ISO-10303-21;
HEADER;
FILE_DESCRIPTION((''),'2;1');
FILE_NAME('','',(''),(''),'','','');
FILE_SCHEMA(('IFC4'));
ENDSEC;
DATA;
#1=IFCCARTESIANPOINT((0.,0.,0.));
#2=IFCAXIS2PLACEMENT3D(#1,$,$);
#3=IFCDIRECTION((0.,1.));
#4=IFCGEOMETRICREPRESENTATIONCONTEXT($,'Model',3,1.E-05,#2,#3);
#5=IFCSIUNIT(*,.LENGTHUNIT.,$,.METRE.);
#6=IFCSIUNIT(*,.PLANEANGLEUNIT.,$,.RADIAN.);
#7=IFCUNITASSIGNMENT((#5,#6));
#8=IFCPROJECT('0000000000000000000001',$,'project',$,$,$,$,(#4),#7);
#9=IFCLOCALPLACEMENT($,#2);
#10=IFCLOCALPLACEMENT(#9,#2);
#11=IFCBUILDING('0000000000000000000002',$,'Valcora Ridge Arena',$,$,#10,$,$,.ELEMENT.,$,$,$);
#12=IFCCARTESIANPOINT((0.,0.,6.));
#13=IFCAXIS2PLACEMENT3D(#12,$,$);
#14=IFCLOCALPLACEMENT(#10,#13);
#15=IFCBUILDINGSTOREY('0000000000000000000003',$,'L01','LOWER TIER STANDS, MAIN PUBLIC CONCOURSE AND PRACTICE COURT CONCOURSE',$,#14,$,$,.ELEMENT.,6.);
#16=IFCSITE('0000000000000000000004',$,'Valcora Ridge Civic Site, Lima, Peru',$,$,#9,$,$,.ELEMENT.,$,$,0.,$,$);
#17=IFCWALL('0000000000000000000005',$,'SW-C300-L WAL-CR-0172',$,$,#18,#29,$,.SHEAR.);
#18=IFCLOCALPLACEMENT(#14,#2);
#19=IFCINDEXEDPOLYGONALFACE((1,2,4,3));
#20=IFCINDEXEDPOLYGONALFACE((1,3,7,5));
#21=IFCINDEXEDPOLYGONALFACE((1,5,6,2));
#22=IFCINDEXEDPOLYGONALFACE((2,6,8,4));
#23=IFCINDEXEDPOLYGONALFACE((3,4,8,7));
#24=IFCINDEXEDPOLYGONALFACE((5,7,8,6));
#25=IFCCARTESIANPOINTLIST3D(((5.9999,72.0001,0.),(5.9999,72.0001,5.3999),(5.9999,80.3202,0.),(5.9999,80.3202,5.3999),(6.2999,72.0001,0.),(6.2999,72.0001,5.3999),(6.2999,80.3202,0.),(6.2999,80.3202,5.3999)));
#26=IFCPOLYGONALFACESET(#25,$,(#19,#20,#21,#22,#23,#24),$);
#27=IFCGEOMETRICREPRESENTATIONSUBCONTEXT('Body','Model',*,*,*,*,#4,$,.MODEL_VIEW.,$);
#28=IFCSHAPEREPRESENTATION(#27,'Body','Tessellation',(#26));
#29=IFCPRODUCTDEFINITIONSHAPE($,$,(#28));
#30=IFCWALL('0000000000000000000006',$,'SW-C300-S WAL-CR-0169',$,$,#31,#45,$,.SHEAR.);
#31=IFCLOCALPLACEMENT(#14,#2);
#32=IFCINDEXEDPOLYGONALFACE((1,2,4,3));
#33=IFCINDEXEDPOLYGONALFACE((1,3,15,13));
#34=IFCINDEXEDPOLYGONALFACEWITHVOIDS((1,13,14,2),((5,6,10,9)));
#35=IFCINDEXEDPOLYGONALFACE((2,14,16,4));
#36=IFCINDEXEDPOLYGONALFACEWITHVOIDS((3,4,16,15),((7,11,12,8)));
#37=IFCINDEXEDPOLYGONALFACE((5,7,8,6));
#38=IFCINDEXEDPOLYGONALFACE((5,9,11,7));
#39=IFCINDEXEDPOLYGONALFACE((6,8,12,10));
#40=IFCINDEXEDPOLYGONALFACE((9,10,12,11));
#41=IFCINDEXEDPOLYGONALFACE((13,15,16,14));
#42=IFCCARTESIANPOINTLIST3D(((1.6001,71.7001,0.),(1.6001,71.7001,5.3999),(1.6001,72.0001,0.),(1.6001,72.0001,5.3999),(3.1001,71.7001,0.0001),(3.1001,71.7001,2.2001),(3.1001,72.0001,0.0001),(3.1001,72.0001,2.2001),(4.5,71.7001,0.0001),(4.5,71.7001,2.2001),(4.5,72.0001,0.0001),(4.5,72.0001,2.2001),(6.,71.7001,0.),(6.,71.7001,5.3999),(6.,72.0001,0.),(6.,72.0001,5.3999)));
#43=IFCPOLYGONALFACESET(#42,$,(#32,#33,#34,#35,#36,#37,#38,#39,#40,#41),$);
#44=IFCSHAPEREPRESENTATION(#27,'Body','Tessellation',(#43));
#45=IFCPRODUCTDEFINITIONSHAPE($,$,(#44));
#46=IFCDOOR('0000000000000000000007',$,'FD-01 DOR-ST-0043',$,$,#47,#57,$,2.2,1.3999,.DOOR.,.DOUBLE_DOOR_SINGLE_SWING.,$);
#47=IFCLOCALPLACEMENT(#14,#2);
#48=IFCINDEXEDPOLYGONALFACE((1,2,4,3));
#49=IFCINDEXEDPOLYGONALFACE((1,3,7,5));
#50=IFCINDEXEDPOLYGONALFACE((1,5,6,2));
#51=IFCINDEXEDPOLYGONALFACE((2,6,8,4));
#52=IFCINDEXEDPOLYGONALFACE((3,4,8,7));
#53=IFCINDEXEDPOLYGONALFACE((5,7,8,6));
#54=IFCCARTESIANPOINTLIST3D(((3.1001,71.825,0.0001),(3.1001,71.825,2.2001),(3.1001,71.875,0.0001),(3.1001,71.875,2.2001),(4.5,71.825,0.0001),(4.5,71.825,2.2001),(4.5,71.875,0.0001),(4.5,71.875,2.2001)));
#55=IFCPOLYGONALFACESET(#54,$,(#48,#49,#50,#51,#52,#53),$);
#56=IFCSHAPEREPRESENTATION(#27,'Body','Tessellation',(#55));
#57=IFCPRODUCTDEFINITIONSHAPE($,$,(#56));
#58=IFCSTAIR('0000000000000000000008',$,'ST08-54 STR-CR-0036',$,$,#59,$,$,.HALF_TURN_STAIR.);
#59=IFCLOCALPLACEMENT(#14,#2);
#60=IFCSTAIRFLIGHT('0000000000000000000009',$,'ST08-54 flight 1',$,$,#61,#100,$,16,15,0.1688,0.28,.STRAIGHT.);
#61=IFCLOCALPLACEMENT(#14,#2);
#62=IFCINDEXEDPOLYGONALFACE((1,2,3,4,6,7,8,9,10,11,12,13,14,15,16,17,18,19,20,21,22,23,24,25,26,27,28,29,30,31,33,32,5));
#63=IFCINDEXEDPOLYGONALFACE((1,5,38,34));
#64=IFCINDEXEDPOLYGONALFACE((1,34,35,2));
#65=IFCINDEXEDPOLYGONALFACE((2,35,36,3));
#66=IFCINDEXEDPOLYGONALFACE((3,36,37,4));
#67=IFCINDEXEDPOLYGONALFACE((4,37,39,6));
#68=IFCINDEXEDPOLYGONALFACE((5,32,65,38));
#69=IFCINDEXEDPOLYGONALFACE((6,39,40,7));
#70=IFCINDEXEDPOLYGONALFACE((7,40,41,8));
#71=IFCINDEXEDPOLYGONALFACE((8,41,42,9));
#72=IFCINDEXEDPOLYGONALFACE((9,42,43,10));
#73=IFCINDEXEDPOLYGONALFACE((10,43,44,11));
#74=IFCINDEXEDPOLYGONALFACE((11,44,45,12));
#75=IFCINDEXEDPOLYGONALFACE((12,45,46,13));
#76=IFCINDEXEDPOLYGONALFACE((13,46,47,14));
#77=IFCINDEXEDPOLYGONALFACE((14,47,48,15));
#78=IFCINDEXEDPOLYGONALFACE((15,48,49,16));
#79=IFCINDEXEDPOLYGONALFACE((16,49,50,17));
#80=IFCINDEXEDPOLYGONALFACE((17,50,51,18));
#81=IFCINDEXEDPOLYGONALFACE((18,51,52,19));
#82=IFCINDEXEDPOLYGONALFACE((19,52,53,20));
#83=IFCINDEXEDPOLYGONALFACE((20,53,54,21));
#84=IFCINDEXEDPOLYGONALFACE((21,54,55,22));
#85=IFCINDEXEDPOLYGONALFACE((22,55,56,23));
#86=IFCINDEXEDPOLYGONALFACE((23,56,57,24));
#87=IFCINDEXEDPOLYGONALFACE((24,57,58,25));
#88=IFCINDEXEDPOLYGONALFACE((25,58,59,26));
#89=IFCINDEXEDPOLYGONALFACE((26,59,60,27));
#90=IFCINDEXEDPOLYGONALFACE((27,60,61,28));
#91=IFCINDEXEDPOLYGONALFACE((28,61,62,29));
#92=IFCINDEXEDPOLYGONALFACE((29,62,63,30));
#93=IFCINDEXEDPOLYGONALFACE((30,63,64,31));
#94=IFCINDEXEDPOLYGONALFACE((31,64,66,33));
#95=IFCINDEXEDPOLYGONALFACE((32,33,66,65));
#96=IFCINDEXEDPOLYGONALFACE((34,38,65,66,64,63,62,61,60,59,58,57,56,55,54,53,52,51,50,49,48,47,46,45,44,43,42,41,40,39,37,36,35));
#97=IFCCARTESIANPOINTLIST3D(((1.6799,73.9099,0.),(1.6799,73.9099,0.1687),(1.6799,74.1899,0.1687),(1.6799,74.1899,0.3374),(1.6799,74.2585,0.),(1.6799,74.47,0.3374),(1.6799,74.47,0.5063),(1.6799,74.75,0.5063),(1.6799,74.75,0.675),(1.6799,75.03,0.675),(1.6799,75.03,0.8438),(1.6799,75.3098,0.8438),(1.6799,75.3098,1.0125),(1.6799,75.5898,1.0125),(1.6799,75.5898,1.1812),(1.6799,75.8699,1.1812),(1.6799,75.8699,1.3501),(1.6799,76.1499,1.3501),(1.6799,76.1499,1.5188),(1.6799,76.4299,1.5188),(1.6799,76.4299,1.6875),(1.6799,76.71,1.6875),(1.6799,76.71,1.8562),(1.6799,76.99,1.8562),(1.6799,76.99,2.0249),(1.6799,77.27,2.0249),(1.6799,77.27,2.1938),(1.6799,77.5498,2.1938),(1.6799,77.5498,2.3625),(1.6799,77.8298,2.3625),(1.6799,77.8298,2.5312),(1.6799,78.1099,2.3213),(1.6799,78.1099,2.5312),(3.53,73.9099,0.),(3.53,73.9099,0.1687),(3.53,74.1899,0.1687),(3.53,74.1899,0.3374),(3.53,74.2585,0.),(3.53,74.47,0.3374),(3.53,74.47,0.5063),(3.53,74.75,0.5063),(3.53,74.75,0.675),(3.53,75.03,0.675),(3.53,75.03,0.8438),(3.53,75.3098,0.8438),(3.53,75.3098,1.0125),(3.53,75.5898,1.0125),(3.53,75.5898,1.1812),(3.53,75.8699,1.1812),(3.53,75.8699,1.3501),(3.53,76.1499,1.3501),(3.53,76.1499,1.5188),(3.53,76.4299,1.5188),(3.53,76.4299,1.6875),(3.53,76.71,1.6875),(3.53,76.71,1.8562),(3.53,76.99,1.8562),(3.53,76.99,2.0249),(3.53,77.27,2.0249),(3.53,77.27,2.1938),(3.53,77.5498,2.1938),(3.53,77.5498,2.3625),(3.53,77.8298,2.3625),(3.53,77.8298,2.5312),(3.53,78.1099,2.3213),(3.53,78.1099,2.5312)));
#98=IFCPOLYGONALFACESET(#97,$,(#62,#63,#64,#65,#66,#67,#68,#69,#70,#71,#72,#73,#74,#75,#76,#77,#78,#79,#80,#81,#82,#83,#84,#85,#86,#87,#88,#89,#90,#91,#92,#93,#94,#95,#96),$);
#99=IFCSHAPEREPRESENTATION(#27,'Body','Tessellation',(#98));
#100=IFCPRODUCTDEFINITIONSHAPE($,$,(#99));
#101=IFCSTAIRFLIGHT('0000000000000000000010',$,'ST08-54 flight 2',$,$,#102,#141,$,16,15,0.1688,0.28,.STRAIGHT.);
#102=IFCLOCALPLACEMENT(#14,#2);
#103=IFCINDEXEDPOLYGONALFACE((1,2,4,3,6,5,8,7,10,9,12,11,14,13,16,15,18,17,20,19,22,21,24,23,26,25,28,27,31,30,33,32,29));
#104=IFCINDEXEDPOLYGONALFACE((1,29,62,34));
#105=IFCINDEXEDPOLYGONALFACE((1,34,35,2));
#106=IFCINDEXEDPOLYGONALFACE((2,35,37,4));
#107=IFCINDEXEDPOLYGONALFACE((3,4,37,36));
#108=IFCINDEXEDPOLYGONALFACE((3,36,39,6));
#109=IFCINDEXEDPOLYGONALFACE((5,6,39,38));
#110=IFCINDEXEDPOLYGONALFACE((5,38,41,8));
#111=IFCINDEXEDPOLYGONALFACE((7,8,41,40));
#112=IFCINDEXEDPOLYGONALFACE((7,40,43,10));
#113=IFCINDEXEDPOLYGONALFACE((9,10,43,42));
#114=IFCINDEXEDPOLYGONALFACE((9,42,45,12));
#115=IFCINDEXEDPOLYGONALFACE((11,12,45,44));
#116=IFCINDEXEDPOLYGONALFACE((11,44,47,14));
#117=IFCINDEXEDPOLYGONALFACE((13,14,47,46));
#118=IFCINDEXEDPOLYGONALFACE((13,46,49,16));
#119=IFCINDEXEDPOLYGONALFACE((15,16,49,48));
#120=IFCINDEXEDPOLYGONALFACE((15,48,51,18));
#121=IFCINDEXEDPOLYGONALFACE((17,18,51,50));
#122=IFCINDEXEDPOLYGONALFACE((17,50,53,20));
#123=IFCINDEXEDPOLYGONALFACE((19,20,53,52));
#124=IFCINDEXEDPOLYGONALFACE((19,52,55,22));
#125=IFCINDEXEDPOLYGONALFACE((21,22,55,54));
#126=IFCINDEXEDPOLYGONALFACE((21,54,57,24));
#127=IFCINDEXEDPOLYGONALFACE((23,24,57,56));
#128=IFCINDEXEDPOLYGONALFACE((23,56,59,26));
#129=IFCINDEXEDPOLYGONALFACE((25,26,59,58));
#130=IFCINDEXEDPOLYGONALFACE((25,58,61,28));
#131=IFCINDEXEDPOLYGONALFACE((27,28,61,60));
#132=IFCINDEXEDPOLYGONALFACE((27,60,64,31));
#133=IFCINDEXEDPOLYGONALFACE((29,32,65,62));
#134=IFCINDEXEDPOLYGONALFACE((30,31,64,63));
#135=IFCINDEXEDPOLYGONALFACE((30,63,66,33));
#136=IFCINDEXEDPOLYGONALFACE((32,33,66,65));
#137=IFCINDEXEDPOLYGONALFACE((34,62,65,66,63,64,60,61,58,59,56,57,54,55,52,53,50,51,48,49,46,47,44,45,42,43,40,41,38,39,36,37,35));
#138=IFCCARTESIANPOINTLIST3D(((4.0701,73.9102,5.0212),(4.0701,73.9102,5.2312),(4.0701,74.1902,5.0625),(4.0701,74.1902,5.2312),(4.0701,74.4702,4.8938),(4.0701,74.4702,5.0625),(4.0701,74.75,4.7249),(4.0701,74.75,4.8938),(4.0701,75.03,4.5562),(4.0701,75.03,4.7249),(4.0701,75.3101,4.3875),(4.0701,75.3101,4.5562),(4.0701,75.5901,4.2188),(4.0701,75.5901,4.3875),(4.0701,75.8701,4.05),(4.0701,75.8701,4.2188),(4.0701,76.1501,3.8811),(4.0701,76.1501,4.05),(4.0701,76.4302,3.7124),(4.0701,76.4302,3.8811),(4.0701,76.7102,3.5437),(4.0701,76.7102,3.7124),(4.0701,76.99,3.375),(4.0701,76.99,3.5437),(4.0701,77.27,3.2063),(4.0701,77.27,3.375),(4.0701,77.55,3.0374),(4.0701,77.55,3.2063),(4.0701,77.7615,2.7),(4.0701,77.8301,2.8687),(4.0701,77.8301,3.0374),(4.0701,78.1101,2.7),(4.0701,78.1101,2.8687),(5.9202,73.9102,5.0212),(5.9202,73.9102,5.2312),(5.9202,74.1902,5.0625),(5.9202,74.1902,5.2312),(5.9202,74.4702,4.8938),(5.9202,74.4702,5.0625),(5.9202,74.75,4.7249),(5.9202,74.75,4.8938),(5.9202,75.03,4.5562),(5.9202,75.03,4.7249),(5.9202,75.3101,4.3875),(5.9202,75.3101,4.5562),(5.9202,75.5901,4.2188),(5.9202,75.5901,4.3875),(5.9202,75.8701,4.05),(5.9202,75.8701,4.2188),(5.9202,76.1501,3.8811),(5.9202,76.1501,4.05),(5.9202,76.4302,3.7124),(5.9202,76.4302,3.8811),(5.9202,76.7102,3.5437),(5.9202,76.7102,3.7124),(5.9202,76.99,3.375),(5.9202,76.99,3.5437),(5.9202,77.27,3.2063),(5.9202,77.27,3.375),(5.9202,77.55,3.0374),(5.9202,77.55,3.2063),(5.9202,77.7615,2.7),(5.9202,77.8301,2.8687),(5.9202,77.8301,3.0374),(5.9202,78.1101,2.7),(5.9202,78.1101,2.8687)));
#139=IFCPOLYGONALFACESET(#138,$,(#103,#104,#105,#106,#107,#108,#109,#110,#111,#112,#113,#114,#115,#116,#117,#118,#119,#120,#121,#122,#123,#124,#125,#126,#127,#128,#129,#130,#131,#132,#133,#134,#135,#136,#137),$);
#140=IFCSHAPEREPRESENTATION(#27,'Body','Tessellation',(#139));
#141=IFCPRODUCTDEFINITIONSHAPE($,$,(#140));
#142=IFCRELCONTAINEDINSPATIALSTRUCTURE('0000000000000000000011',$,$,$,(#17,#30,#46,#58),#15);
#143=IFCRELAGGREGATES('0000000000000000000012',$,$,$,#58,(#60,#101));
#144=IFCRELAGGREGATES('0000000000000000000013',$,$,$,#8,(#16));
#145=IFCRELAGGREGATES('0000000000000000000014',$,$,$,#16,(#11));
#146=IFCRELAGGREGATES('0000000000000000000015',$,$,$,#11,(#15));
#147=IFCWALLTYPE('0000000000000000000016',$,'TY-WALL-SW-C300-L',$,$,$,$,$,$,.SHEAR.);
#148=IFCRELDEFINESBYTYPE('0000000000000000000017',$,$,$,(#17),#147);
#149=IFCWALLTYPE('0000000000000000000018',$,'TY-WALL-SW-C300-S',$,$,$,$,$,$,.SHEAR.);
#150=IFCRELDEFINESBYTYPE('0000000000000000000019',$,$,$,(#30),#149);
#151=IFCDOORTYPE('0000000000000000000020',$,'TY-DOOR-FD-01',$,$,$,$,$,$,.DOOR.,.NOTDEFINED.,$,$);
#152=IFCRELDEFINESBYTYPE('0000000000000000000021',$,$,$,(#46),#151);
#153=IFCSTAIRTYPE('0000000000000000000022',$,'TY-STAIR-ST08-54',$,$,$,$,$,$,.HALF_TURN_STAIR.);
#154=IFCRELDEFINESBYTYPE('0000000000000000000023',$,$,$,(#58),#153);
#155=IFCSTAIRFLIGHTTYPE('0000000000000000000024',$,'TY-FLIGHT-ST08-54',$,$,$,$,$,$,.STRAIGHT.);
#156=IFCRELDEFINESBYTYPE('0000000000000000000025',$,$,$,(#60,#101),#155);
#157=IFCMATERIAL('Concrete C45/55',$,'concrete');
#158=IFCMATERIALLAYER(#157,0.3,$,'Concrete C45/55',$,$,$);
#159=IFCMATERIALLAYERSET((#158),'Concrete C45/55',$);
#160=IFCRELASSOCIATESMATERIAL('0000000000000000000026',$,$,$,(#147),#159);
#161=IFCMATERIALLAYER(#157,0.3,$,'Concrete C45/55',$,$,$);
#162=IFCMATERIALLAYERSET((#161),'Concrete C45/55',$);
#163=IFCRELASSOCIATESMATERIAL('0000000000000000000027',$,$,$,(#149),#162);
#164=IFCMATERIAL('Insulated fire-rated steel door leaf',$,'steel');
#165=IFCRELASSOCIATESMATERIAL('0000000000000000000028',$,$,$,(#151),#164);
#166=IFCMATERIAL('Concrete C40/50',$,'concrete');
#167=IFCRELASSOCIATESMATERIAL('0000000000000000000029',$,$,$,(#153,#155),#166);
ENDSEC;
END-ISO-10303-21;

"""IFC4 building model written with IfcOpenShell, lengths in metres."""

from ifc_helpers import new_model, si_unit, direction, frame, frame_2d, origin, place, context, subcontext, project, spatial, polyline, rectangle, outline, extrude, material, layer, layer_set, type_object, element, fill, aggregate, save


model = new_model("IFC4")

# Units and contexts
model_context = context("Model", 3, precision=1e-05, world=origin(), true_north=direction((0.0, 1.0)))
body_context = subcontext(model_context, "Body", "Model", "MODEL_VIEW")
ifc_project = project(units=[si_unit("LENGTHUNIT", "METRE"), si_unit("PLANEANGLEUNIT", "RADIAN")], contexts=[model_context])

# Site, building, storey
site_placement = place(None, origin())
site = spatial("IfcSite", under=ifc_project, at=site_placement, Name="Valcora Ridge Civic Site, Lima, Peru", CompositionType="ELEMENT", RefElevation=0.0)
building_placement = place(site_placement, origin())
building = spatial("IfcBuilding", under=site, at=building_placement, Name="Valcora Ridge Arena", CompositionType="ELEMENT")
storey_placement = place(building_placement, frame((0.0, 0.0, 6.0)))
storey = spatial("IfcBuildingStorey", under=building, at=storey_placement, Name="L01", Description="LOWER TIER STANDS, MAIN PUBLIC CONCOURSE AND PRACTICE COURT CONCOURSE", CompositionType="ELEMENT", Elevation=6.0)

# Shared definitions
ifc_material_1 = material(Name="Concrete C40/50", Category="concrete")

# Wall
ifc_material_2 = material(Name="Concrete C45/55", Category="concrete")
ifc_layer_1 = layer(ifc_material_2, 0.3, Name="Concrete C45/55")
ifc_layer_set_1 = layer_set([ifc_layer_1], Name="Concrete C45/55")
wall_type_1 = type_object("IfcWallType", Name="TY-WALL-SW-C300-L", PredefinedType="SHEAR", material=ifc_layer_set_1)
for number, where, z_axis, x_axis, name in (
    (1, (6.1499, 72.0, 0.0), (0.0, 0.0, 1.0), (0.0, 1.0, 0.0), "SW-C300-L WAL-CR-0172"),
):
    element("IfcWall", number, at=place(storey_placement, frame(where, z_axis=z_axis, x_axis=x_axis)), inside=storey, type_object=wall_type_1, Name=name, PredefinedType="SHEAR", context=body_context, shape_type="SweptSolid", body=[
        extrude(rectangle(XDim=8.3201, YDim=0.3, at=frame_2d((4.1602, 0.0))), origin(), (0.0, 0.0, 1.0), 5.3999),
    ])

# Wall, opening, door
ifc_layer_2 = layer(ifc_material_2, 0.3, Name="Concrete C45/55")
ifc_layer_set_2 = layer_set([ifc_layer_2], Name="Concrete C45/55")
wall_type_2 = type_object("IfcWallType", Name="TY-WALL-SW-C300-S", PredefinedType="SHEAR", material=ifc_layer_set_2)
wall_1_placement = place(storey_placement, frame((1.6001, 71.8501, 0.0), z_axis=(0.0, 0.0, 1.0), x_axis=(1.0, 0.0, 0.0)))
wall_1 = element("IfcWall", 2, at=wall_1_placement, inside=storey, type_object=wall_type_2, Name="SW-C300-S WAL-CR-0169", PredefinedType="SHEAR", context=body_context, shape_type="SweptSolid", body=[
    extrude(rectangle(XDim=4.3999, YDim=0.3, at=frame_2d((2.2, 0.0))), origin(), (0.0, 0.0, 1.0), 5.3999),
])
opening_1_placement = place(wall_1_placement, frame((1.5, 0.0, 0.0)))
opening_1 = element("IfcOpeningElement", 3, at=opening_1_placement, cuts=wall_1, PredefinedType="OPENING", context=body_context, shape_type="SweptSolid", body=[
    extrude(rectangle(XDim=1.3999, YDim=2.2, at=frame_2d((0.7, 1.1001))), frame((0.0, 0.1599, 0.0), z_axis=(0.0, -1.0, 0.0), x_axis=(1.0, 0.0, 0.0)), (0.0, 0.0, 1.0), 0.3201),
])
ifc_material_3 = material(Name="Insulated fire-rated steel door leaf", Category="steel")
door_type_1 = type_object("IfcDoorType", Name="TY-DOOR-FD-01", OperationType="NOTDEFINED", PredefinedType="DOOR", material=ifc_material_3)
door_1_placement = place(opening_1_placement, origin())
door_1 = element("IfcDoor", 4, at=door_1_placement, inside=storey, type_object=door_type_1, Name="FD-01 DOR-ST-0043", OperationType="DOUBLE_DOOR_SINGLE_SWING", OverallHeight=2.2, OverallWidth=1.3999, PredefinedType="DOOR", context=body_context, shape_type="SweptSolid", body=[
    extrude(rectangle(XDim=1.3999, YDim=2.2, at=frame_2d((0.7, 1.1001))), frame((0.0, 0.0249, 0.0), z_axis=(0.0, -1.0, 0.0), x_axis=(1.0, 0.0, 0.0)), (0.0, 0.0, 1.0), 0.05),
])
fill(opening_1, door_1)

# Stair, stair flights
stair_type = type_object("IfcStairType", Name="TY-STAIR-ST08-54", PredefinedType="HALF_TURN_STAIR", material=ifc_material_1)
stair_placement = place(storey_placement, origin())
stair = element("IfcStair", 5, at=stair_placement, inside=storey, type_object=stair_type, Name="ST08-54 STR-CR-0036", PredefinedType="HALF_TURN_STAIR")
stair_flight_type = type_object("IfcStairFlightType", Name="TY-FLIGHT-ST08-54", PredefinedType="STRAIGHT", material=ifc_material_1)
stair_flight_1_placement = place(storey_placement, frame((2.605, 73.9099, 0.0), z_axis=(0.0, 0.0, 1.0), x_axis=(0.0, 1.0, 0.0)))
stair_flight_1 = element("IfcStairFlight", 6, at=stair_flight_1_placement, type_object=stair_flight_type, Name="ST08-54 flight 1", NumberOfRisers=16, NumberOfTreads=15, PredefinedType="STRAIGHT", RiserHeight=0.1688, TreadLength=0.28, context=body_context, shape_type="SweptSolid", body=[
    extrude(outline(polyline([(0.0, 0.0), (0.0, 0.1687), (0.28, 0.1687), (0.28, 0.3374), (0.5601, 0.3374), (0.5601, 0.5063), (0.8401, 0.5063), (0.8401, 0.675), (1.1201, 0.675), (1.1201, 0.8438), (1.3999, 0.8438), (1.3999, 1.0125), (1.6799, 1.0125), (1.6799, 1.1812), (1.96, 1.1812), (1.96, 1.3501), (2.24, 1.3501), (2.24, 1.5188), (2.52, 1.5188), (2.52, 1.6875), (2.8, 1.6875), (2.8, 1.8562), (3.0801, 1.8562), (3.0801, 2.0249), (3.3601, 2.0249), (3.3601, 2.1938), (3.6399, 2.1938), (3.6399, 2.3625), (3.9199, 2.3625), (3.9199, 2.5312), (4.2, 2.5312), (4.2, 2.7), (4.2, 2.3213), (0.3486, 0.0), (0.0, 0.0)])), frame((0.0, 0.925, 0.0), z_axis=(0.0, -1.0, 0.0), x_axis=(1.0, 0.0, 0.0)), (0.0, 0.0, 1.0), 1.8501),
])
stair_flight_2_placement = place(storey_placement, frame((4.9951, 78.1101, 2.7), z_axis=(0.0, 0.0, 1.0), x_axis=(0.0, -1.0, 0.0)))
stair_flight_2 = element("IfcStairFlight", 7, at=stair_flight_2_placement, type_object=stair_flight_type, Name="ST08-54 flight 2", NumberOfRisers=16, NumberOfTreads=15, PredefinedType="STRAIGHT", RiserHeight=0.1688, TreadLength=0.28, context=body_context, shape_type="SweptSolid", body=[
    extrude(outline(polyline([(0.0, 0.0), (0.0, 0.1687), (0.28, 0.1687), (0.28, 0.3374), (0.5601, 0.3374), (0.5601, 0.5063), (0.8401, 0.5063), (0.8401, 0.675), (1.1201, 0.675), (1.1201, 0.8438), (1.3999, 0.8438), (1.3999, 1.0125), (1.6799, 1.0125), (1.6799, 1.1812), (1.96, 1.1812), (1.96, 1.3501), (2.24, 1.3501), (2.24, 1.5188), (2.52, 1.5188), (2.52, 1.6875), (2.8, 1.6875), (2.8, 1.8562), (3.0801, 1.8562), (3.0801, 2.0249), (3.3601, 2.0249), (3.3601, 2.1938), (3.6399, 2.1938), (3.6399, 2.3625), (3.9199, 2.3625), (3.9199, 2.5312), (4.2, 2.5312), (4.2, 2.7), (4.2, 2.3213), (0.3486, 0.0), (0.0, 0.0)])), frame((0.0, 0.925, 0.0), z_axis=(0.0, -1.0, 0.0), x_axis=(1.0, 0.0, 0.0)), (0.0, 0.0, 1.0), 1.8501),
])
aggregate(stair, [stair_flight_1, stair_flight_2])

save(model, "model.ifc")
